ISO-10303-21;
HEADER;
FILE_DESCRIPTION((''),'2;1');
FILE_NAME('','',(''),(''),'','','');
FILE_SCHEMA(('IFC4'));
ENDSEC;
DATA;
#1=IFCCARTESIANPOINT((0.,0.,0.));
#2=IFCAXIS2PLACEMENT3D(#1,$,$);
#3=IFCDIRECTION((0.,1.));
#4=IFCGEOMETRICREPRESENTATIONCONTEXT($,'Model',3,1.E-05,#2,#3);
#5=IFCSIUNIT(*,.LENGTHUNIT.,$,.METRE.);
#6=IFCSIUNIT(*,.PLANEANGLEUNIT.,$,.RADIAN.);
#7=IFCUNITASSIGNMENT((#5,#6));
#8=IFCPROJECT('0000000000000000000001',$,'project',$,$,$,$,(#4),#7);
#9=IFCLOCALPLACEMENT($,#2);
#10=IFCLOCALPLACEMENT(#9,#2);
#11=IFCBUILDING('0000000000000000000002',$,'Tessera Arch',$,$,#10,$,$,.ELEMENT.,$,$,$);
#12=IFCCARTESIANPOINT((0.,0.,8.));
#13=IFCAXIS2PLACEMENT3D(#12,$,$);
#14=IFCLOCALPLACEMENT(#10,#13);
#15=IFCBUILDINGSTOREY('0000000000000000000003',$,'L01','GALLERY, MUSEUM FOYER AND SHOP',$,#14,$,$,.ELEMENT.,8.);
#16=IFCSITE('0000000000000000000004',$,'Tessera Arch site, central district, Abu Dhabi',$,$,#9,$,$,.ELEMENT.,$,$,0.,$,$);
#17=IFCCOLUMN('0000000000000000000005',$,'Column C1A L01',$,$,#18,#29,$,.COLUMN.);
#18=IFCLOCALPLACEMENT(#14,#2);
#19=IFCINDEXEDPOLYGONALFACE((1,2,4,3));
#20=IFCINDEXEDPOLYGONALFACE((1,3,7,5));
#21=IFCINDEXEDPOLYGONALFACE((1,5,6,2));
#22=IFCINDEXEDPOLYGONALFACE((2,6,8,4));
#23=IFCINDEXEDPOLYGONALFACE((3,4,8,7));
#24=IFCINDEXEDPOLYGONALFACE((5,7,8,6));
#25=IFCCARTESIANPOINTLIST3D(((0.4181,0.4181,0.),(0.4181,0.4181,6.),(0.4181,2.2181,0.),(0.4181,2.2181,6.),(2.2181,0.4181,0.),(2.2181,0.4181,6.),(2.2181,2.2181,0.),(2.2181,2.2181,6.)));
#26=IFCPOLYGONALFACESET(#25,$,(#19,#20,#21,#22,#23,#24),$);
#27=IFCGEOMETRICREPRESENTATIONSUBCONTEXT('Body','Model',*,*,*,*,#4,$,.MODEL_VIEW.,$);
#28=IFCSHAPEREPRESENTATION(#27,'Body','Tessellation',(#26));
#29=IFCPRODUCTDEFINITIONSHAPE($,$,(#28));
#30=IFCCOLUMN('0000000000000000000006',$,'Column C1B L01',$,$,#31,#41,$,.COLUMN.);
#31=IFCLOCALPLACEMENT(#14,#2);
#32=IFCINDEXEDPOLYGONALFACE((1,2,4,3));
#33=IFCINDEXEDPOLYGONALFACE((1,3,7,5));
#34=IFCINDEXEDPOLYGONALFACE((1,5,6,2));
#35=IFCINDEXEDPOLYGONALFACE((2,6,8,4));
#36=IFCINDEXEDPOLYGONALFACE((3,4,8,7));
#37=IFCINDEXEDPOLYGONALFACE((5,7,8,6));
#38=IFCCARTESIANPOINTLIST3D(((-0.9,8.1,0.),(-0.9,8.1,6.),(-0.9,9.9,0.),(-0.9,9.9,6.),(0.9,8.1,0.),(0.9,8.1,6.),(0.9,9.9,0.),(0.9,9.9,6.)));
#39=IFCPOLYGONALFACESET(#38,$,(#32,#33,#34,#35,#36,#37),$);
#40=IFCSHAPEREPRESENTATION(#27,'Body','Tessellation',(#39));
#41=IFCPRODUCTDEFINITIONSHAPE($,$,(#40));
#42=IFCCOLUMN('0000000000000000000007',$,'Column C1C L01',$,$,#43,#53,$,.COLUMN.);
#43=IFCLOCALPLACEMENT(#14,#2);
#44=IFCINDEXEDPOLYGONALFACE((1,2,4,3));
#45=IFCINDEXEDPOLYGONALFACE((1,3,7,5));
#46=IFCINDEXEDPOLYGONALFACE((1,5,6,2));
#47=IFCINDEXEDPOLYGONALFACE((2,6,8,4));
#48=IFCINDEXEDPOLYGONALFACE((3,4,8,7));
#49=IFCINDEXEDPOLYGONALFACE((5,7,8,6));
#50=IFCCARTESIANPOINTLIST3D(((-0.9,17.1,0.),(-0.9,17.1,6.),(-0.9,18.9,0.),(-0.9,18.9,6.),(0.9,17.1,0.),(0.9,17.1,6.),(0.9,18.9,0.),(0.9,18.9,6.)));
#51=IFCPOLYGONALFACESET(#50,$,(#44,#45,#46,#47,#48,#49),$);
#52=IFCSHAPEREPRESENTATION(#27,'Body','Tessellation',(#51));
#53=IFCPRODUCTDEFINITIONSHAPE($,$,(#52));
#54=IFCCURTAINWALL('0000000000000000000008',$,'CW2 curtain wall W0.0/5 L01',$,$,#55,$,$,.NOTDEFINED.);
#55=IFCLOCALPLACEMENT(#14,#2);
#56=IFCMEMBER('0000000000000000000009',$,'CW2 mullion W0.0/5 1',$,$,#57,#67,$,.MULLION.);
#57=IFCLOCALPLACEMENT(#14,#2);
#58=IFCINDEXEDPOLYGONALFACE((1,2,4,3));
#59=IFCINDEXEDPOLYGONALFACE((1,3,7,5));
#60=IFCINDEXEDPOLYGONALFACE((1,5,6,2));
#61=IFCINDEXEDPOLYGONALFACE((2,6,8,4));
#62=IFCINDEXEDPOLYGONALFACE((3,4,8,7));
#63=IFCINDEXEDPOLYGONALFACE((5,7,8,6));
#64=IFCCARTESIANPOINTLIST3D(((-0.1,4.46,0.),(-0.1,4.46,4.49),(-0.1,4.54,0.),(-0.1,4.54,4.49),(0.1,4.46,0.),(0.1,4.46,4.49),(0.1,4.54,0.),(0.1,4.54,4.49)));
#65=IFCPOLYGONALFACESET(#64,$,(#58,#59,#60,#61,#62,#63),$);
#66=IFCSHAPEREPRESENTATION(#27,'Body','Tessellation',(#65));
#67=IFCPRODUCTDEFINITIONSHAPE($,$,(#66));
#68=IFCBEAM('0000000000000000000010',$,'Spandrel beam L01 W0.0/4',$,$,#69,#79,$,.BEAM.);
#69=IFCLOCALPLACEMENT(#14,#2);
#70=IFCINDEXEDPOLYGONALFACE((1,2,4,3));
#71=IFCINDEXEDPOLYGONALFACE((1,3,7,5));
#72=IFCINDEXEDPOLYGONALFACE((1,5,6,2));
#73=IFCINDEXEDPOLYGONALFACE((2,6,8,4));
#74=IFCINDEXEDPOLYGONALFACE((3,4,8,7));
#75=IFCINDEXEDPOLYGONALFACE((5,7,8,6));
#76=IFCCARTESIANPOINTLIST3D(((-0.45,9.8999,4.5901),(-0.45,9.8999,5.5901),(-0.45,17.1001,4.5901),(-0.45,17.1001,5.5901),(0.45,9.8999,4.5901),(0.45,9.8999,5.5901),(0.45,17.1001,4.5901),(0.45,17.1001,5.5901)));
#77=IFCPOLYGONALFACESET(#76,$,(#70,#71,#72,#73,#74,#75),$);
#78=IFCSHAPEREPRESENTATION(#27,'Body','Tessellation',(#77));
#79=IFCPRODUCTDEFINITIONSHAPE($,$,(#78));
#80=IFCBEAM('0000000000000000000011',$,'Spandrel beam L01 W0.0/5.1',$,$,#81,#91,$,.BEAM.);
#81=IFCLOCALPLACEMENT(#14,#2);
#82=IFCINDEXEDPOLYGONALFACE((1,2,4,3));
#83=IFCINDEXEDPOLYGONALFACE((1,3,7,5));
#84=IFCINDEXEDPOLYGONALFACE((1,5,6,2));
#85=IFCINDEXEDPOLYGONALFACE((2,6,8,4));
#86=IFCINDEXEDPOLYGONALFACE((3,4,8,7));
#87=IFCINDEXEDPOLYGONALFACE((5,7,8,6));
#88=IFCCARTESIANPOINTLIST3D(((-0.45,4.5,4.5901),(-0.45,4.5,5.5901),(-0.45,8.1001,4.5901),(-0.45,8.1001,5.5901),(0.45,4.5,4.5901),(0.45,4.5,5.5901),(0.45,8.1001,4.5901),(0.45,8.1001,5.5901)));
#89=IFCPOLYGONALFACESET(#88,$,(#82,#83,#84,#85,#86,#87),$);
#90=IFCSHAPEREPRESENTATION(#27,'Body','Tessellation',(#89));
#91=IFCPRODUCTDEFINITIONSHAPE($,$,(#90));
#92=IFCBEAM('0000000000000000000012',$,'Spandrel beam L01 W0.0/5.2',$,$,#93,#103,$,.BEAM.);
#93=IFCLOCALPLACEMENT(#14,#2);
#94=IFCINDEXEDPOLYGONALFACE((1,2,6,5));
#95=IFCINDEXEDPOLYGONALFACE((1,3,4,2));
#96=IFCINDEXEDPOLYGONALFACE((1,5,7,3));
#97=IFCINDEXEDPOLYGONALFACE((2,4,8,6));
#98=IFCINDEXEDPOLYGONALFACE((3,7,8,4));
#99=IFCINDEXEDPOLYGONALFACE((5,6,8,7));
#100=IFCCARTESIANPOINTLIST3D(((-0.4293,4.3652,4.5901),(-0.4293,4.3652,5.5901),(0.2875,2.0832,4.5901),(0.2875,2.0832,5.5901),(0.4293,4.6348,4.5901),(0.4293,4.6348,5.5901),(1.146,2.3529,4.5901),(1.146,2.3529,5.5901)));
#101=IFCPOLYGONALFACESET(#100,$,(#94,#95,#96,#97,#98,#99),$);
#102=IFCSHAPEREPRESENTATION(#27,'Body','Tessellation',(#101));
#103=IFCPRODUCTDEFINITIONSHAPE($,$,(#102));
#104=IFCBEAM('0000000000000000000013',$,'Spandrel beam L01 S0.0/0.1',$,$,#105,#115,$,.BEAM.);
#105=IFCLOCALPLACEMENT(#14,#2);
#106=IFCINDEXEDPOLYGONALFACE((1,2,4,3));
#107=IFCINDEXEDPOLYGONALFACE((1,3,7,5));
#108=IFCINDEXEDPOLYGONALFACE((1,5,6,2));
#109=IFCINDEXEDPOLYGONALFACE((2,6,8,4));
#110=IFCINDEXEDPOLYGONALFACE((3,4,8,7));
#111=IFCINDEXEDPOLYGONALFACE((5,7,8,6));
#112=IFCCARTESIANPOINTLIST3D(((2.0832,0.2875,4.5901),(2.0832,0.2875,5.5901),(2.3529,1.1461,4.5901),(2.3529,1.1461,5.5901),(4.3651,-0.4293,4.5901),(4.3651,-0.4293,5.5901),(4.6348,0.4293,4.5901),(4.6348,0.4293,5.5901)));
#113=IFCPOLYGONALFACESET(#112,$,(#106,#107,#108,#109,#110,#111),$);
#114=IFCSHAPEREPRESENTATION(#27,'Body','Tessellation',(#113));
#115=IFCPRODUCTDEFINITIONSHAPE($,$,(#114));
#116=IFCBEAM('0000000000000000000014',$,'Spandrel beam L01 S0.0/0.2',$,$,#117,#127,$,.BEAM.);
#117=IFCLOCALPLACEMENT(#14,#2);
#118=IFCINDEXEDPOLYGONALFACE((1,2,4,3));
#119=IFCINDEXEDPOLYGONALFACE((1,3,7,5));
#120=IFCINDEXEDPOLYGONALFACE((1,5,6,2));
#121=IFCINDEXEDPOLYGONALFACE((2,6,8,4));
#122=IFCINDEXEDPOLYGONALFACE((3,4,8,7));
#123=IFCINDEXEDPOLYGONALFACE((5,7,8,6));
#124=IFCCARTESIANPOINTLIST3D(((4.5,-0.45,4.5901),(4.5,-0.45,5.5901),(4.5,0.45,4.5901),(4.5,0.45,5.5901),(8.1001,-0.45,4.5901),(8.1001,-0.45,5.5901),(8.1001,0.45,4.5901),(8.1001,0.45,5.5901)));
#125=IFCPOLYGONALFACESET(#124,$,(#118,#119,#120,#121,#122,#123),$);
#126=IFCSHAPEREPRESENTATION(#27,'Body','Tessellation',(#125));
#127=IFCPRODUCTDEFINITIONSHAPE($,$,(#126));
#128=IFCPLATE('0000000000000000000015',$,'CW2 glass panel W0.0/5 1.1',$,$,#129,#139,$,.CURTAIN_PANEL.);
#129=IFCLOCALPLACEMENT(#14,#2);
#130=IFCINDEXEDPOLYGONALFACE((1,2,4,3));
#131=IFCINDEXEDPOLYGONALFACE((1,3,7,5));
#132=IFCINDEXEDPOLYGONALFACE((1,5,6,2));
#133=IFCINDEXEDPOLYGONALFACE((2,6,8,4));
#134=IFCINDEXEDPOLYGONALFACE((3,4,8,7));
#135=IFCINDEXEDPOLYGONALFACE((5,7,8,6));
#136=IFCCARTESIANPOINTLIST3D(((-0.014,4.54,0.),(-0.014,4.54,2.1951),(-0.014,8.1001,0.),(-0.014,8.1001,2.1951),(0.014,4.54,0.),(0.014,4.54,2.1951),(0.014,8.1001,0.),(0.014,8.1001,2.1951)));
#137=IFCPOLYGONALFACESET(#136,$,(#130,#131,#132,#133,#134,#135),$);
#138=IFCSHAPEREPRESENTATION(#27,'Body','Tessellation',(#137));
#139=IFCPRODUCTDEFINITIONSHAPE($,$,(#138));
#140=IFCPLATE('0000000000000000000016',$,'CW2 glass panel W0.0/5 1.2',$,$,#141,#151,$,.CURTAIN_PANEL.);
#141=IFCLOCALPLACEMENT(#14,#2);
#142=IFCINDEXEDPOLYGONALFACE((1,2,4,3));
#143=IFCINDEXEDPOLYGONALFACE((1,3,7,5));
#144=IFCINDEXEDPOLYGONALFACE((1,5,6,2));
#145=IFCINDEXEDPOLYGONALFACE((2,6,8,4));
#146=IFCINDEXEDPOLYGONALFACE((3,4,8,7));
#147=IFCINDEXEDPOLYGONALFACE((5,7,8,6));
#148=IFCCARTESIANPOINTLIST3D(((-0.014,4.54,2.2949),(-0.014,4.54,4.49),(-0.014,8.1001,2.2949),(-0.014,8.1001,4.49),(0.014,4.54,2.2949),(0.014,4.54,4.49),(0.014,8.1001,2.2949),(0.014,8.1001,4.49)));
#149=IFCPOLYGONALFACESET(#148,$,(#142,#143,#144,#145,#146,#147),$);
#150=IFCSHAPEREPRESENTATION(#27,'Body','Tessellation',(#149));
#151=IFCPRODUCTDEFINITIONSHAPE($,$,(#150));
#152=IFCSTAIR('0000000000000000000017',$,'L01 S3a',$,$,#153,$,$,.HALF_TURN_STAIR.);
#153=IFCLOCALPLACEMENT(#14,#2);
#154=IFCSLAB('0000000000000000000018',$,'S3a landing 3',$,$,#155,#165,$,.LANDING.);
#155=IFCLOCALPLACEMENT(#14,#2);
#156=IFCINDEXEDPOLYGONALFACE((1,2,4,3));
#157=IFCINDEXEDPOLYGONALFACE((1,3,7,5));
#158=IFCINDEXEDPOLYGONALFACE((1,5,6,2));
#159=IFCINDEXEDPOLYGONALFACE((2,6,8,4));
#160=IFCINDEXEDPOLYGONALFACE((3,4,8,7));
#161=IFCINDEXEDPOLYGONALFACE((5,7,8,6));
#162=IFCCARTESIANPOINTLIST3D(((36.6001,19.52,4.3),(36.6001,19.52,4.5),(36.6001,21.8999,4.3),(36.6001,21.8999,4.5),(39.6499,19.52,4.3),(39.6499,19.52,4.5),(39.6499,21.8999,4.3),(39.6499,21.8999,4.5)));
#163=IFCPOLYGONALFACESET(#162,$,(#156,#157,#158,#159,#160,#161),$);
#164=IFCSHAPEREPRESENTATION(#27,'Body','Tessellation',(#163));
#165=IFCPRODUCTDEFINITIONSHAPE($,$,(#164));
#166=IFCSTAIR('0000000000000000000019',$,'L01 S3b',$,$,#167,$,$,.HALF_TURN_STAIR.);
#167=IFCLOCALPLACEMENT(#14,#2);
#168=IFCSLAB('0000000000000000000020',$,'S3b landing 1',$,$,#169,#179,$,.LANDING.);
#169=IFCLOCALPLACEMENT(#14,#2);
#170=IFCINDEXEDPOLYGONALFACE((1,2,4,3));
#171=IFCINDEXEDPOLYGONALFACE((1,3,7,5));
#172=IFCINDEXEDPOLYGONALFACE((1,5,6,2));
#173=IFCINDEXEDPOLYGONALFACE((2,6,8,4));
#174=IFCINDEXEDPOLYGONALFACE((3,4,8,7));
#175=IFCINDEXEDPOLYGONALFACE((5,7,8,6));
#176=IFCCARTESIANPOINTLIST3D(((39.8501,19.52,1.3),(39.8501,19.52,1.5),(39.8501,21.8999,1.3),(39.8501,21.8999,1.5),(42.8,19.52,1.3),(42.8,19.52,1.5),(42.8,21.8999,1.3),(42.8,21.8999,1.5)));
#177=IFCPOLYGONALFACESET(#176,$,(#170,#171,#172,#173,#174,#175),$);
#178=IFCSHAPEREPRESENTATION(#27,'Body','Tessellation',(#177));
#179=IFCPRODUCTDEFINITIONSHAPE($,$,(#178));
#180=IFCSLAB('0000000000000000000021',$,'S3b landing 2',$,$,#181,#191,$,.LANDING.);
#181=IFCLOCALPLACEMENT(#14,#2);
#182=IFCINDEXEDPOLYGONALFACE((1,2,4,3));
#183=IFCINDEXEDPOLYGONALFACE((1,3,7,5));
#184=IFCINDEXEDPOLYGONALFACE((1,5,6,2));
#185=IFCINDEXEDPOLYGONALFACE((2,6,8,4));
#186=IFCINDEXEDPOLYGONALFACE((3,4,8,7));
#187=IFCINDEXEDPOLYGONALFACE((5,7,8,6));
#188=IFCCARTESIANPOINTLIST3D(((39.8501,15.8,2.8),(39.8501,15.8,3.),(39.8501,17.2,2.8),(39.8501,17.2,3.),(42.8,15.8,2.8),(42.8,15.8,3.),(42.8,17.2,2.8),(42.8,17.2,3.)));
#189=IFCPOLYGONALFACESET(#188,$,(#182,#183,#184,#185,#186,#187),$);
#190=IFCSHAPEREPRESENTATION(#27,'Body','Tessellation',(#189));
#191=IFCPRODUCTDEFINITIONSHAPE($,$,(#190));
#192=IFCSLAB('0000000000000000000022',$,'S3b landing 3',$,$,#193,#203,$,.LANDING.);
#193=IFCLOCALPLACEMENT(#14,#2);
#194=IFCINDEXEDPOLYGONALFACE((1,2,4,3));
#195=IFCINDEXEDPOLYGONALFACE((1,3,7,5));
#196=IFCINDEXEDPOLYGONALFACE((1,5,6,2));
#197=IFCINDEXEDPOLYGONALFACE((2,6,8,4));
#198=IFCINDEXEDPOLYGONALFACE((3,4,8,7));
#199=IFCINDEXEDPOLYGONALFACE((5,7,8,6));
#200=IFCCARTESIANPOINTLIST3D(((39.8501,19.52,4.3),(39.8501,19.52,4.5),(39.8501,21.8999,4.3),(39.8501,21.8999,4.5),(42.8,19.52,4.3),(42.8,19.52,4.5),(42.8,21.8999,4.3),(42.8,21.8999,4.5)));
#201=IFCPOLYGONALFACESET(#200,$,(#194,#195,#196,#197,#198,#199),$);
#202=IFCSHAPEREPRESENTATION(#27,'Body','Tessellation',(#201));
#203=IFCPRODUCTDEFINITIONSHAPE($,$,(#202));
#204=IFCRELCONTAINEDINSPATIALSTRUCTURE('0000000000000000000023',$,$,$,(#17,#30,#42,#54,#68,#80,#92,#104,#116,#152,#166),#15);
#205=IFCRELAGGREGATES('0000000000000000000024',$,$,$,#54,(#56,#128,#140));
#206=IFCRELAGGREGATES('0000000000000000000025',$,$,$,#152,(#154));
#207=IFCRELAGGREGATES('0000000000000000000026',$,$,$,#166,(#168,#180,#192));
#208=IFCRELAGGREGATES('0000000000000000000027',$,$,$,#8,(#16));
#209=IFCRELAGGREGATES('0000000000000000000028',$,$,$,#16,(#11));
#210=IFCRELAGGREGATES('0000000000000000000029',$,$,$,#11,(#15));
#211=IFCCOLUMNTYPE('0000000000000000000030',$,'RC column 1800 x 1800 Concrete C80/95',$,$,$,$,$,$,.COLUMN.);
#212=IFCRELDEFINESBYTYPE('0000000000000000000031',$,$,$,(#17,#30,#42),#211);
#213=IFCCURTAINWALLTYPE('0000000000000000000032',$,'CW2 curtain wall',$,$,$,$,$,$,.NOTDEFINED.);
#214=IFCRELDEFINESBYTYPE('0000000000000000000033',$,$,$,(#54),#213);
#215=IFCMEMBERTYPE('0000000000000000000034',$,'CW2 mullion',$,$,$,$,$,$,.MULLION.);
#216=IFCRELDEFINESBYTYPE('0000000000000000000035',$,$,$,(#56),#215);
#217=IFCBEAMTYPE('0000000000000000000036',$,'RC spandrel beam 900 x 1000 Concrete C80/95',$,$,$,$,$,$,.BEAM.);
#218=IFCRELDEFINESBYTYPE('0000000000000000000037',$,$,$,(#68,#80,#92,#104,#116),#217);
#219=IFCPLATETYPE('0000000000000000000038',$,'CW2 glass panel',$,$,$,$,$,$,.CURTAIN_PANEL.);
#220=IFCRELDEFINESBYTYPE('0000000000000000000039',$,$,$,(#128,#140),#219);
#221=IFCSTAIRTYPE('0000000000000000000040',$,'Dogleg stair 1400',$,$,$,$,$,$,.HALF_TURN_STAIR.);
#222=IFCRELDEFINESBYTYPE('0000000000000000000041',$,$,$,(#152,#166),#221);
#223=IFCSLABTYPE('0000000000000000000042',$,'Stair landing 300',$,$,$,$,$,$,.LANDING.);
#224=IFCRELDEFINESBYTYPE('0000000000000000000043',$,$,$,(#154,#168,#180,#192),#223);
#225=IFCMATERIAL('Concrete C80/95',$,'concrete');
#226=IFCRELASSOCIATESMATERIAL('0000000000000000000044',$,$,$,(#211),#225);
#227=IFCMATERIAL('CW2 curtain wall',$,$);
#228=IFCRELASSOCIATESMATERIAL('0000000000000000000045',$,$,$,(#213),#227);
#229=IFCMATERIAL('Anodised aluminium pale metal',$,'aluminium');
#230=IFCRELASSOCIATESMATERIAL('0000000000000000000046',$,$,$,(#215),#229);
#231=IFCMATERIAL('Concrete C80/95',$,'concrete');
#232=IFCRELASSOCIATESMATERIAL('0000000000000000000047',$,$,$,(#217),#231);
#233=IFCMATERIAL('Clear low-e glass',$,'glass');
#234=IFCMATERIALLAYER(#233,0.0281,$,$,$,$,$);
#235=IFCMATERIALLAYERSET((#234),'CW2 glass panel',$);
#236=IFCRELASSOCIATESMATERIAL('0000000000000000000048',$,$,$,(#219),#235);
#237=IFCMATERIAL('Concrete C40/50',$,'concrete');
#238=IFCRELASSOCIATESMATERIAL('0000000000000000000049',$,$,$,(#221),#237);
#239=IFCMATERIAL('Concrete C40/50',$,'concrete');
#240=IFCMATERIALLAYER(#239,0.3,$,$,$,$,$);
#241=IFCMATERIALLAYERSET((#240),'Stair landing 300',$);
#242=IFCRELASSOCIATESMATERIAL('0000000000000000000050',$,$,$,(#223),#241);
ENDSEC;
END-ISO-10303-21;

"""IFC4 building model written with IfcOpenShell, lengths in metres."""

from ifc_helpers import new_model, si_unit, direction, frame, origin, origin_2d, place, context, subcontext, project, spatial, polyline, rectangle, outline, extrude, material, layer, layer_set, material_profile, profile_set, type_object, element, aggregate, save


model = new_model("IFC4")

# Units and contexts
model_context = context("Model", 3, precision=1e-05, world=origin(), true_north=direction((0.0, 1.0)))
body_context = subcontext(model_context, "Body", "Model", "MODEL_VIEW")
ifc_project = project(units=[si_unit("LENGTHUNIT", "METRE"), si_unit("PLANEANGLEUNIT", "RADIAN")], contexts=[model_context])

# Site, building, storey
site_placement = place(None, origin())
site = spatial("IfcSite", under=ifc_project, at=site_placement, Name="Tessera Arch site, central district, Abu Dhabi", CompositionType="ELEMENT", RefElevation=0.0)
building_placement = place(site_placement, origin())
building = spatial("IfcBuilding", under=site, at=building_placement, Name="Tessera Arch", CompositionType="ELEMENT")
storey_placement = place(building_placement, frame((0.0, 0.0, 8.0)))
storey = spatial("IfcBuildingStorey", under=building, at=storey_placement, Name="L01", Description="GALLERY, MUSEUM FOYER AND SHOP", CompositionType="ELEMENT", Elevation=8.0)

# Columns
ifc_material_1 = material(Name="Concrete C80/95", Category="concrete")
ifc_material_profile_1 = material_profile(ifc_material_1, rectangle(XDim=1.8, YDim=1.8, at=origin_2d()), Name="RC column 1800 x 1800 Concrete C80/95")
ifc_profile_set_1 = profile_set([ifc_material_profile_1], Name="Concrete C80/95")
column_type = type_object("IfcColumnType", Name="RC column 1800 x 1800 Concrete C80/95", PredefinedType="COLUMN", material=ifc_profile_set_1)
for number, where, z_axis, x_axis, name in (
    (1, (1.3181, 1.3181, 0.0), (0.0, 0.0, 1.0), (1.0, 0.0, 0.0), "Column C1A L01"),
    (2, (0.0, 9.0, 0.0), (0.0, 0.0, 1.0), (1.0, 0.0, 0.0), "Column C1B L01"),
    (3, (0.0, 18.0, 0.0), (0.0, 0.0, 1.0), (1.0, 0.0, 0.0), "Column C1C L01"),
):
    element("IfcColumn", number, at=place(storey_placement, frame(where, z_axis=z_axis, x_axis=x_axis)), inside=storey, type_object=column_type, Name=name, PredefinedType="COLUMN", context=body_context, shape_type="SweptSolid", body=[
        extrude(rectangle(XDim=1.8, YDim=1.8, at=origin_2d()), origin(), (0.0, 0.0, 1.0), 6.0),
    ])

# Curtain wall, member
ifc_material_2 = material(Name="CW2 curtain wall")
curtain_wall_type = type_object("IfcCurtainWallType", Name="CW2 curtain wall", PredefinedType="NOTDEFINED", material=ifc_material_2)
curtain_wall_placement = place(storey_placement, origin())
curtain_wall = element("IfcCurtainWall", 4, at=curtain_wall_placement, inside=storey, type_object=curtain_wall_type, Name="CW2 curtain wall W0.0/5 L01", PredefinedType="NOTDEFINED")
ifc_material_3 = material(Name="Anodised aluminium pale metal", Category="aluminium")
ifc_material_profile_2 = material_profile(ifc_material_3, rectangle(XDim=0.2, YDim=0.0801, at=origin_2d()), Name="AL 80x200")
ifc_profile_set_2 = profile_set([ifc_material_profile_2], Name="Anodised aluminium pale metal")
member_type = type_object("IfcMemberType", Name="CW2 mullion", PredefinedType="MULLION", material=ifc_profile_set_2)
member_placement = place(storey_placement, frame((0.0, 4.5, 0.0), z_axis=(0.0, 0.0, 1.0), x_axis=(1.0, 0.0, 0.0)))
member = element("IfcMember", 5, at=member_placement, type_object=member_type, Name="CW2 mullion W0.0/5 1", PredefinedType="MULLION", context=body_context, shape_type="SweptSolid", body=[
    extrude(rectangle(XDim=0.2, YDim=0.0801, at=origin_2d()), origin(), (0.0, 0.0, 1.0), 4.49),
])

# Beams
ifc_material_4 = material(Name="Concrete C80/95", Category="concrete")
ifc_material_profile_3 = material_profile(ifc_material_4, rectangle(XDim=0.8999, YDim=1.0, at=origin_2d()), Name="RC spandrel beam 900 x 1000 Concrete C80/95")
ifc_profile_set_3 = profile_set([ifc_material_profile_3], Name="Concrete C80/95")
beam_type = type_object("IfcBeamType", Name="RC spandrel beam 900 x 1000 Concrete C80/95", PredefinedType="BEAM", material=ifc_profile_set_3)
beam_1_placement = place(storey_placement, frame((0.0, 17.1001, 5.0901), z_axis=(0.0, -1.0, 0.0), x_axis=(1.0, 0.0, 0.0)))
element("IfcBeam", 6, at=beam_1_placement, inside=storey, type_object=beam_type, Name="Spandrel beam L01 W0.0/4", PredefinedType="BEAM", context=body_context, shape_type="SweptSolid", body=[
    extrude(rectangle(XDim=0.8999, YDim=1.0, at=origin_2d()), origin(), (0.0, 0.0, 1.0), 7.2002),
])
beam_2_placement = place(storey_placement, frame((0.0, 8.1001, 5.0901), z_axis=(0.0, -1.0, 0.0), x_axis=(1.0, 0.0, 0.0)))
element("IfcBeam", 7, at=beam_2_placement, inside=storey, type_object=beam_type, Name="Spandrel beam L01 W0.0/5.1", PredefinedType="BEAM", context=body_context, shape_type="SweptSolid", body=[
    extrude(rectangle(XDim=0.8999, YDim=1.0, at=origin_2d()), origin(), (0.0, 0.0, 1.0), 3.6001),
])
for number, where, z_axis, x_axis, name in (
    (8, (0.0, 4.5, 5.0901), (0.299675, -0.954041, 0.0), (0.954041, 0.299675, 0.0), "Spandrel beam L01 W0.0/5.2"),
    (9, (2.218, 0.7168, 5.0901), (0.954041, -0.299675, 0.0), (0.299675, 0.954041, 0.0), "Spandrel beam L01 S0.0/0.1"),
):
    element("IfcBeam", number, at=place(storey_placement, frame(where, z_axis=z_axis, x_axis=x_axis)), inside=storey, type_object=beam_type, Name=name, PredefinedType="BEAM", context=body_context, shape_type="SweptSolid", body=[
        extrude(rectangle(XDim=0.8999, YDim=1.0, at=origin_2d()), origin(), (0.0, 0.0, 1.0), 2.3918),
    ])
beam_3_placement = place(storey_placement, frame((4.5, 0.0, 5.0901), z_axis=(1.0, 0.0, 0.0), x_axis=(0.0, 1.0, 0.0)))
element("IfcBeam", 10, at=beam_3_placement, inside=storey, type_object=beam_type, Name="Spandrel beam L01 S0.0/0.2", PredefinedType="BEAM", context=body_context, shape_type="SweptSolid", body=[
    extrude(rectangle(XDim=0.8999, YDim=1.0, at=origin_2d()), origin(), (0.0, 0.0, 1.0), 3.6001),
])

# Plates
ifc_material_5 = material(Name="Clear low-e glass", Category="glass")
ifc_layer_1 = layer(ifc_material_5, 0.0281)
ifc_layer_set_1 = layer_set([ifc_layer_1], Name="CW2 glass panel")
plate_type = type_object("IfcPlateType", Name="CW2 glass panel", PredefinedType="CURTAIN_PANEL", material=ifc_layer_set_1)
plate_1_placement = place(storey_placement, frame((0.0, 6.3201, 0.0), z_axis=(0.0, 0.0, 1.0), x_axis=(0.0, -1.0, 0.0)))
plate_1 = element("IfcPlate", 11, at=plate_1_placement, type_object=plate_type, Name="CW2 glass panel W0.0/5 1.1", PredefinedType="CURTAIN_PANEL", context=body_context, shape_type="SweptSolid", body=[
    extrude(rectangle(XDim=3.5601, YDim=0.0281, at=origin_2d()), origin(), (0.0, 0.0, 1.0), 2.1951),
])
plate_2_placement = place(storey_placement, frame((0.0, 6.3201, 2.2949), z_axis=(0.0, 0.0, 1.0), x_axis=(0.0, -1.0, 0.0)))
plate_2 = element("IfcPlate", 12, at=plate_2_placement, type_object=plate_type, Name="CW2 glass panel W0.0/5 1.2", PredefinedType="CURTAIN_PANEL", context=body_context, shape_type="SweptSolid", body=[
    extrude(rectangle(XDim=3.5601, YDim=0.0281, at=origin_2d()), origin(), (0.0, 0.0, 1.0), 2.1951),
])
aggregate(curtain_wall, [member, plate_1, plate_2])

# Stair, slab
ifc_material_6 = material(Name="Concrete C40/50", Category="concrete")
stair_type = type_object("IfcStairType", Name="Dogleg stair 1400", PredefinedType="HALF_TURN_STAIR", material=ifc_material_6)
stair_1_placement = place(storey_placement, origin())
stair_1 = element("IfcStair", 13, at=stair_1_placement, inside=storey, type_object=stair_type, Name="L01 S3a", PredefinedType="HALF_TURN_STAIR")
ifc_material_7 = material(Name="Concrete C40/50", Category="concrete")
ifc_layer_2 = layer(ifc_material_7, 0.3)
ifc_layer_set_2 = layer_set([ifc_layer_2], Name="Stair landing 300")
slab_type = type_object("IfcSlabType", Name="Stair landing 300", PredefinedType="LANDING", material=ifc_layer_set_2)
slab_1_placement = place(storey_placement, frame((0.0, 0.0, 4.3)))
slab_1 = element("IfcSlab", 14, at=slab_1_placement, type_object=slab_type, Name="S3a landing 3", PredefinedType="LANDING", context=body_context, shape_type="SweptSolid", body=[
    extrude(outline(polyline([(39.6499, 19.52), (39.6499, 21.8999), (36.6001, 21.8999), (36.6001, 19.52), (39.6499, 19.52)])), origin(), (0.0, 0.0, 1.0), 0.2),
])
aggregate(stair_1, [slab_1])

# Stair, slabs
stair_2_placement = place(storey_placement, origin())
stair_2 = element("IfcStair", 15, at=stair_2_placement, inside=storey, type_object=stair_type, Name="L01 S3b", PredefinedType="HALF_TURN_STAIR")
slab_2_placement = place(storey_placement, frame((0.0, 0.0, 1.3)))
slab_2 = element("IfcSlab", 16, at=slab_2_placement, type_object=slab_type, Name="S3b landing 1", PredefinedType="LANDING", context=body_context, shape_type="SweptSolid", body=[
    extrude(outline(polyline([(42.8, 19.52), (42.8, 21.8999), (39.8501, 21.8999), (39.8501, 19.52), (42.8, 19.52)])), origin(), (0.0, 0.0, 1.0), 0.2),
])
slab_3_placement = place(storey_placement, frame((0.0, 0.0, 2.8)))
slab_3 = element("IfcSlab", 17, at=slab_3_placement, type_object=slab_type, Name="S3b landing 2", PredefinedType="LANDING", context=body_context, shape_type="SweptSolid", body=[
    extrude(outline(polyline([(42.8, 15.8), (42.8, 17.2), (39.8501, 17.2), (39.8501, 15.8), (42.8, 15.8)])), origin(), (0.0, 0.0, 1.0), 0.2),
])
slab_4_placement = place(storey_placement, frame((0.0, 0.0, 4.3)))
slab_4 = element("IfcSlab", 18, at=slab_4_placement, type_object=slab_type, Name="S3b landing 3", PredefinedType="LANDING", context=body_context, shape_type="SweptSolid", body=[
    extrude(outline(polyline([(42.8, 19.52), (42.8, 21.8999), (39.8501, 21.8999), (39.8501, 19.52), (42.8, 19.52)])), origin(), (0.0, 0.0, 1.0), 0.2),
])
aggregate(stair_2, [slab_2, slab_3, slab_4])

save(model, "model.ifc")
